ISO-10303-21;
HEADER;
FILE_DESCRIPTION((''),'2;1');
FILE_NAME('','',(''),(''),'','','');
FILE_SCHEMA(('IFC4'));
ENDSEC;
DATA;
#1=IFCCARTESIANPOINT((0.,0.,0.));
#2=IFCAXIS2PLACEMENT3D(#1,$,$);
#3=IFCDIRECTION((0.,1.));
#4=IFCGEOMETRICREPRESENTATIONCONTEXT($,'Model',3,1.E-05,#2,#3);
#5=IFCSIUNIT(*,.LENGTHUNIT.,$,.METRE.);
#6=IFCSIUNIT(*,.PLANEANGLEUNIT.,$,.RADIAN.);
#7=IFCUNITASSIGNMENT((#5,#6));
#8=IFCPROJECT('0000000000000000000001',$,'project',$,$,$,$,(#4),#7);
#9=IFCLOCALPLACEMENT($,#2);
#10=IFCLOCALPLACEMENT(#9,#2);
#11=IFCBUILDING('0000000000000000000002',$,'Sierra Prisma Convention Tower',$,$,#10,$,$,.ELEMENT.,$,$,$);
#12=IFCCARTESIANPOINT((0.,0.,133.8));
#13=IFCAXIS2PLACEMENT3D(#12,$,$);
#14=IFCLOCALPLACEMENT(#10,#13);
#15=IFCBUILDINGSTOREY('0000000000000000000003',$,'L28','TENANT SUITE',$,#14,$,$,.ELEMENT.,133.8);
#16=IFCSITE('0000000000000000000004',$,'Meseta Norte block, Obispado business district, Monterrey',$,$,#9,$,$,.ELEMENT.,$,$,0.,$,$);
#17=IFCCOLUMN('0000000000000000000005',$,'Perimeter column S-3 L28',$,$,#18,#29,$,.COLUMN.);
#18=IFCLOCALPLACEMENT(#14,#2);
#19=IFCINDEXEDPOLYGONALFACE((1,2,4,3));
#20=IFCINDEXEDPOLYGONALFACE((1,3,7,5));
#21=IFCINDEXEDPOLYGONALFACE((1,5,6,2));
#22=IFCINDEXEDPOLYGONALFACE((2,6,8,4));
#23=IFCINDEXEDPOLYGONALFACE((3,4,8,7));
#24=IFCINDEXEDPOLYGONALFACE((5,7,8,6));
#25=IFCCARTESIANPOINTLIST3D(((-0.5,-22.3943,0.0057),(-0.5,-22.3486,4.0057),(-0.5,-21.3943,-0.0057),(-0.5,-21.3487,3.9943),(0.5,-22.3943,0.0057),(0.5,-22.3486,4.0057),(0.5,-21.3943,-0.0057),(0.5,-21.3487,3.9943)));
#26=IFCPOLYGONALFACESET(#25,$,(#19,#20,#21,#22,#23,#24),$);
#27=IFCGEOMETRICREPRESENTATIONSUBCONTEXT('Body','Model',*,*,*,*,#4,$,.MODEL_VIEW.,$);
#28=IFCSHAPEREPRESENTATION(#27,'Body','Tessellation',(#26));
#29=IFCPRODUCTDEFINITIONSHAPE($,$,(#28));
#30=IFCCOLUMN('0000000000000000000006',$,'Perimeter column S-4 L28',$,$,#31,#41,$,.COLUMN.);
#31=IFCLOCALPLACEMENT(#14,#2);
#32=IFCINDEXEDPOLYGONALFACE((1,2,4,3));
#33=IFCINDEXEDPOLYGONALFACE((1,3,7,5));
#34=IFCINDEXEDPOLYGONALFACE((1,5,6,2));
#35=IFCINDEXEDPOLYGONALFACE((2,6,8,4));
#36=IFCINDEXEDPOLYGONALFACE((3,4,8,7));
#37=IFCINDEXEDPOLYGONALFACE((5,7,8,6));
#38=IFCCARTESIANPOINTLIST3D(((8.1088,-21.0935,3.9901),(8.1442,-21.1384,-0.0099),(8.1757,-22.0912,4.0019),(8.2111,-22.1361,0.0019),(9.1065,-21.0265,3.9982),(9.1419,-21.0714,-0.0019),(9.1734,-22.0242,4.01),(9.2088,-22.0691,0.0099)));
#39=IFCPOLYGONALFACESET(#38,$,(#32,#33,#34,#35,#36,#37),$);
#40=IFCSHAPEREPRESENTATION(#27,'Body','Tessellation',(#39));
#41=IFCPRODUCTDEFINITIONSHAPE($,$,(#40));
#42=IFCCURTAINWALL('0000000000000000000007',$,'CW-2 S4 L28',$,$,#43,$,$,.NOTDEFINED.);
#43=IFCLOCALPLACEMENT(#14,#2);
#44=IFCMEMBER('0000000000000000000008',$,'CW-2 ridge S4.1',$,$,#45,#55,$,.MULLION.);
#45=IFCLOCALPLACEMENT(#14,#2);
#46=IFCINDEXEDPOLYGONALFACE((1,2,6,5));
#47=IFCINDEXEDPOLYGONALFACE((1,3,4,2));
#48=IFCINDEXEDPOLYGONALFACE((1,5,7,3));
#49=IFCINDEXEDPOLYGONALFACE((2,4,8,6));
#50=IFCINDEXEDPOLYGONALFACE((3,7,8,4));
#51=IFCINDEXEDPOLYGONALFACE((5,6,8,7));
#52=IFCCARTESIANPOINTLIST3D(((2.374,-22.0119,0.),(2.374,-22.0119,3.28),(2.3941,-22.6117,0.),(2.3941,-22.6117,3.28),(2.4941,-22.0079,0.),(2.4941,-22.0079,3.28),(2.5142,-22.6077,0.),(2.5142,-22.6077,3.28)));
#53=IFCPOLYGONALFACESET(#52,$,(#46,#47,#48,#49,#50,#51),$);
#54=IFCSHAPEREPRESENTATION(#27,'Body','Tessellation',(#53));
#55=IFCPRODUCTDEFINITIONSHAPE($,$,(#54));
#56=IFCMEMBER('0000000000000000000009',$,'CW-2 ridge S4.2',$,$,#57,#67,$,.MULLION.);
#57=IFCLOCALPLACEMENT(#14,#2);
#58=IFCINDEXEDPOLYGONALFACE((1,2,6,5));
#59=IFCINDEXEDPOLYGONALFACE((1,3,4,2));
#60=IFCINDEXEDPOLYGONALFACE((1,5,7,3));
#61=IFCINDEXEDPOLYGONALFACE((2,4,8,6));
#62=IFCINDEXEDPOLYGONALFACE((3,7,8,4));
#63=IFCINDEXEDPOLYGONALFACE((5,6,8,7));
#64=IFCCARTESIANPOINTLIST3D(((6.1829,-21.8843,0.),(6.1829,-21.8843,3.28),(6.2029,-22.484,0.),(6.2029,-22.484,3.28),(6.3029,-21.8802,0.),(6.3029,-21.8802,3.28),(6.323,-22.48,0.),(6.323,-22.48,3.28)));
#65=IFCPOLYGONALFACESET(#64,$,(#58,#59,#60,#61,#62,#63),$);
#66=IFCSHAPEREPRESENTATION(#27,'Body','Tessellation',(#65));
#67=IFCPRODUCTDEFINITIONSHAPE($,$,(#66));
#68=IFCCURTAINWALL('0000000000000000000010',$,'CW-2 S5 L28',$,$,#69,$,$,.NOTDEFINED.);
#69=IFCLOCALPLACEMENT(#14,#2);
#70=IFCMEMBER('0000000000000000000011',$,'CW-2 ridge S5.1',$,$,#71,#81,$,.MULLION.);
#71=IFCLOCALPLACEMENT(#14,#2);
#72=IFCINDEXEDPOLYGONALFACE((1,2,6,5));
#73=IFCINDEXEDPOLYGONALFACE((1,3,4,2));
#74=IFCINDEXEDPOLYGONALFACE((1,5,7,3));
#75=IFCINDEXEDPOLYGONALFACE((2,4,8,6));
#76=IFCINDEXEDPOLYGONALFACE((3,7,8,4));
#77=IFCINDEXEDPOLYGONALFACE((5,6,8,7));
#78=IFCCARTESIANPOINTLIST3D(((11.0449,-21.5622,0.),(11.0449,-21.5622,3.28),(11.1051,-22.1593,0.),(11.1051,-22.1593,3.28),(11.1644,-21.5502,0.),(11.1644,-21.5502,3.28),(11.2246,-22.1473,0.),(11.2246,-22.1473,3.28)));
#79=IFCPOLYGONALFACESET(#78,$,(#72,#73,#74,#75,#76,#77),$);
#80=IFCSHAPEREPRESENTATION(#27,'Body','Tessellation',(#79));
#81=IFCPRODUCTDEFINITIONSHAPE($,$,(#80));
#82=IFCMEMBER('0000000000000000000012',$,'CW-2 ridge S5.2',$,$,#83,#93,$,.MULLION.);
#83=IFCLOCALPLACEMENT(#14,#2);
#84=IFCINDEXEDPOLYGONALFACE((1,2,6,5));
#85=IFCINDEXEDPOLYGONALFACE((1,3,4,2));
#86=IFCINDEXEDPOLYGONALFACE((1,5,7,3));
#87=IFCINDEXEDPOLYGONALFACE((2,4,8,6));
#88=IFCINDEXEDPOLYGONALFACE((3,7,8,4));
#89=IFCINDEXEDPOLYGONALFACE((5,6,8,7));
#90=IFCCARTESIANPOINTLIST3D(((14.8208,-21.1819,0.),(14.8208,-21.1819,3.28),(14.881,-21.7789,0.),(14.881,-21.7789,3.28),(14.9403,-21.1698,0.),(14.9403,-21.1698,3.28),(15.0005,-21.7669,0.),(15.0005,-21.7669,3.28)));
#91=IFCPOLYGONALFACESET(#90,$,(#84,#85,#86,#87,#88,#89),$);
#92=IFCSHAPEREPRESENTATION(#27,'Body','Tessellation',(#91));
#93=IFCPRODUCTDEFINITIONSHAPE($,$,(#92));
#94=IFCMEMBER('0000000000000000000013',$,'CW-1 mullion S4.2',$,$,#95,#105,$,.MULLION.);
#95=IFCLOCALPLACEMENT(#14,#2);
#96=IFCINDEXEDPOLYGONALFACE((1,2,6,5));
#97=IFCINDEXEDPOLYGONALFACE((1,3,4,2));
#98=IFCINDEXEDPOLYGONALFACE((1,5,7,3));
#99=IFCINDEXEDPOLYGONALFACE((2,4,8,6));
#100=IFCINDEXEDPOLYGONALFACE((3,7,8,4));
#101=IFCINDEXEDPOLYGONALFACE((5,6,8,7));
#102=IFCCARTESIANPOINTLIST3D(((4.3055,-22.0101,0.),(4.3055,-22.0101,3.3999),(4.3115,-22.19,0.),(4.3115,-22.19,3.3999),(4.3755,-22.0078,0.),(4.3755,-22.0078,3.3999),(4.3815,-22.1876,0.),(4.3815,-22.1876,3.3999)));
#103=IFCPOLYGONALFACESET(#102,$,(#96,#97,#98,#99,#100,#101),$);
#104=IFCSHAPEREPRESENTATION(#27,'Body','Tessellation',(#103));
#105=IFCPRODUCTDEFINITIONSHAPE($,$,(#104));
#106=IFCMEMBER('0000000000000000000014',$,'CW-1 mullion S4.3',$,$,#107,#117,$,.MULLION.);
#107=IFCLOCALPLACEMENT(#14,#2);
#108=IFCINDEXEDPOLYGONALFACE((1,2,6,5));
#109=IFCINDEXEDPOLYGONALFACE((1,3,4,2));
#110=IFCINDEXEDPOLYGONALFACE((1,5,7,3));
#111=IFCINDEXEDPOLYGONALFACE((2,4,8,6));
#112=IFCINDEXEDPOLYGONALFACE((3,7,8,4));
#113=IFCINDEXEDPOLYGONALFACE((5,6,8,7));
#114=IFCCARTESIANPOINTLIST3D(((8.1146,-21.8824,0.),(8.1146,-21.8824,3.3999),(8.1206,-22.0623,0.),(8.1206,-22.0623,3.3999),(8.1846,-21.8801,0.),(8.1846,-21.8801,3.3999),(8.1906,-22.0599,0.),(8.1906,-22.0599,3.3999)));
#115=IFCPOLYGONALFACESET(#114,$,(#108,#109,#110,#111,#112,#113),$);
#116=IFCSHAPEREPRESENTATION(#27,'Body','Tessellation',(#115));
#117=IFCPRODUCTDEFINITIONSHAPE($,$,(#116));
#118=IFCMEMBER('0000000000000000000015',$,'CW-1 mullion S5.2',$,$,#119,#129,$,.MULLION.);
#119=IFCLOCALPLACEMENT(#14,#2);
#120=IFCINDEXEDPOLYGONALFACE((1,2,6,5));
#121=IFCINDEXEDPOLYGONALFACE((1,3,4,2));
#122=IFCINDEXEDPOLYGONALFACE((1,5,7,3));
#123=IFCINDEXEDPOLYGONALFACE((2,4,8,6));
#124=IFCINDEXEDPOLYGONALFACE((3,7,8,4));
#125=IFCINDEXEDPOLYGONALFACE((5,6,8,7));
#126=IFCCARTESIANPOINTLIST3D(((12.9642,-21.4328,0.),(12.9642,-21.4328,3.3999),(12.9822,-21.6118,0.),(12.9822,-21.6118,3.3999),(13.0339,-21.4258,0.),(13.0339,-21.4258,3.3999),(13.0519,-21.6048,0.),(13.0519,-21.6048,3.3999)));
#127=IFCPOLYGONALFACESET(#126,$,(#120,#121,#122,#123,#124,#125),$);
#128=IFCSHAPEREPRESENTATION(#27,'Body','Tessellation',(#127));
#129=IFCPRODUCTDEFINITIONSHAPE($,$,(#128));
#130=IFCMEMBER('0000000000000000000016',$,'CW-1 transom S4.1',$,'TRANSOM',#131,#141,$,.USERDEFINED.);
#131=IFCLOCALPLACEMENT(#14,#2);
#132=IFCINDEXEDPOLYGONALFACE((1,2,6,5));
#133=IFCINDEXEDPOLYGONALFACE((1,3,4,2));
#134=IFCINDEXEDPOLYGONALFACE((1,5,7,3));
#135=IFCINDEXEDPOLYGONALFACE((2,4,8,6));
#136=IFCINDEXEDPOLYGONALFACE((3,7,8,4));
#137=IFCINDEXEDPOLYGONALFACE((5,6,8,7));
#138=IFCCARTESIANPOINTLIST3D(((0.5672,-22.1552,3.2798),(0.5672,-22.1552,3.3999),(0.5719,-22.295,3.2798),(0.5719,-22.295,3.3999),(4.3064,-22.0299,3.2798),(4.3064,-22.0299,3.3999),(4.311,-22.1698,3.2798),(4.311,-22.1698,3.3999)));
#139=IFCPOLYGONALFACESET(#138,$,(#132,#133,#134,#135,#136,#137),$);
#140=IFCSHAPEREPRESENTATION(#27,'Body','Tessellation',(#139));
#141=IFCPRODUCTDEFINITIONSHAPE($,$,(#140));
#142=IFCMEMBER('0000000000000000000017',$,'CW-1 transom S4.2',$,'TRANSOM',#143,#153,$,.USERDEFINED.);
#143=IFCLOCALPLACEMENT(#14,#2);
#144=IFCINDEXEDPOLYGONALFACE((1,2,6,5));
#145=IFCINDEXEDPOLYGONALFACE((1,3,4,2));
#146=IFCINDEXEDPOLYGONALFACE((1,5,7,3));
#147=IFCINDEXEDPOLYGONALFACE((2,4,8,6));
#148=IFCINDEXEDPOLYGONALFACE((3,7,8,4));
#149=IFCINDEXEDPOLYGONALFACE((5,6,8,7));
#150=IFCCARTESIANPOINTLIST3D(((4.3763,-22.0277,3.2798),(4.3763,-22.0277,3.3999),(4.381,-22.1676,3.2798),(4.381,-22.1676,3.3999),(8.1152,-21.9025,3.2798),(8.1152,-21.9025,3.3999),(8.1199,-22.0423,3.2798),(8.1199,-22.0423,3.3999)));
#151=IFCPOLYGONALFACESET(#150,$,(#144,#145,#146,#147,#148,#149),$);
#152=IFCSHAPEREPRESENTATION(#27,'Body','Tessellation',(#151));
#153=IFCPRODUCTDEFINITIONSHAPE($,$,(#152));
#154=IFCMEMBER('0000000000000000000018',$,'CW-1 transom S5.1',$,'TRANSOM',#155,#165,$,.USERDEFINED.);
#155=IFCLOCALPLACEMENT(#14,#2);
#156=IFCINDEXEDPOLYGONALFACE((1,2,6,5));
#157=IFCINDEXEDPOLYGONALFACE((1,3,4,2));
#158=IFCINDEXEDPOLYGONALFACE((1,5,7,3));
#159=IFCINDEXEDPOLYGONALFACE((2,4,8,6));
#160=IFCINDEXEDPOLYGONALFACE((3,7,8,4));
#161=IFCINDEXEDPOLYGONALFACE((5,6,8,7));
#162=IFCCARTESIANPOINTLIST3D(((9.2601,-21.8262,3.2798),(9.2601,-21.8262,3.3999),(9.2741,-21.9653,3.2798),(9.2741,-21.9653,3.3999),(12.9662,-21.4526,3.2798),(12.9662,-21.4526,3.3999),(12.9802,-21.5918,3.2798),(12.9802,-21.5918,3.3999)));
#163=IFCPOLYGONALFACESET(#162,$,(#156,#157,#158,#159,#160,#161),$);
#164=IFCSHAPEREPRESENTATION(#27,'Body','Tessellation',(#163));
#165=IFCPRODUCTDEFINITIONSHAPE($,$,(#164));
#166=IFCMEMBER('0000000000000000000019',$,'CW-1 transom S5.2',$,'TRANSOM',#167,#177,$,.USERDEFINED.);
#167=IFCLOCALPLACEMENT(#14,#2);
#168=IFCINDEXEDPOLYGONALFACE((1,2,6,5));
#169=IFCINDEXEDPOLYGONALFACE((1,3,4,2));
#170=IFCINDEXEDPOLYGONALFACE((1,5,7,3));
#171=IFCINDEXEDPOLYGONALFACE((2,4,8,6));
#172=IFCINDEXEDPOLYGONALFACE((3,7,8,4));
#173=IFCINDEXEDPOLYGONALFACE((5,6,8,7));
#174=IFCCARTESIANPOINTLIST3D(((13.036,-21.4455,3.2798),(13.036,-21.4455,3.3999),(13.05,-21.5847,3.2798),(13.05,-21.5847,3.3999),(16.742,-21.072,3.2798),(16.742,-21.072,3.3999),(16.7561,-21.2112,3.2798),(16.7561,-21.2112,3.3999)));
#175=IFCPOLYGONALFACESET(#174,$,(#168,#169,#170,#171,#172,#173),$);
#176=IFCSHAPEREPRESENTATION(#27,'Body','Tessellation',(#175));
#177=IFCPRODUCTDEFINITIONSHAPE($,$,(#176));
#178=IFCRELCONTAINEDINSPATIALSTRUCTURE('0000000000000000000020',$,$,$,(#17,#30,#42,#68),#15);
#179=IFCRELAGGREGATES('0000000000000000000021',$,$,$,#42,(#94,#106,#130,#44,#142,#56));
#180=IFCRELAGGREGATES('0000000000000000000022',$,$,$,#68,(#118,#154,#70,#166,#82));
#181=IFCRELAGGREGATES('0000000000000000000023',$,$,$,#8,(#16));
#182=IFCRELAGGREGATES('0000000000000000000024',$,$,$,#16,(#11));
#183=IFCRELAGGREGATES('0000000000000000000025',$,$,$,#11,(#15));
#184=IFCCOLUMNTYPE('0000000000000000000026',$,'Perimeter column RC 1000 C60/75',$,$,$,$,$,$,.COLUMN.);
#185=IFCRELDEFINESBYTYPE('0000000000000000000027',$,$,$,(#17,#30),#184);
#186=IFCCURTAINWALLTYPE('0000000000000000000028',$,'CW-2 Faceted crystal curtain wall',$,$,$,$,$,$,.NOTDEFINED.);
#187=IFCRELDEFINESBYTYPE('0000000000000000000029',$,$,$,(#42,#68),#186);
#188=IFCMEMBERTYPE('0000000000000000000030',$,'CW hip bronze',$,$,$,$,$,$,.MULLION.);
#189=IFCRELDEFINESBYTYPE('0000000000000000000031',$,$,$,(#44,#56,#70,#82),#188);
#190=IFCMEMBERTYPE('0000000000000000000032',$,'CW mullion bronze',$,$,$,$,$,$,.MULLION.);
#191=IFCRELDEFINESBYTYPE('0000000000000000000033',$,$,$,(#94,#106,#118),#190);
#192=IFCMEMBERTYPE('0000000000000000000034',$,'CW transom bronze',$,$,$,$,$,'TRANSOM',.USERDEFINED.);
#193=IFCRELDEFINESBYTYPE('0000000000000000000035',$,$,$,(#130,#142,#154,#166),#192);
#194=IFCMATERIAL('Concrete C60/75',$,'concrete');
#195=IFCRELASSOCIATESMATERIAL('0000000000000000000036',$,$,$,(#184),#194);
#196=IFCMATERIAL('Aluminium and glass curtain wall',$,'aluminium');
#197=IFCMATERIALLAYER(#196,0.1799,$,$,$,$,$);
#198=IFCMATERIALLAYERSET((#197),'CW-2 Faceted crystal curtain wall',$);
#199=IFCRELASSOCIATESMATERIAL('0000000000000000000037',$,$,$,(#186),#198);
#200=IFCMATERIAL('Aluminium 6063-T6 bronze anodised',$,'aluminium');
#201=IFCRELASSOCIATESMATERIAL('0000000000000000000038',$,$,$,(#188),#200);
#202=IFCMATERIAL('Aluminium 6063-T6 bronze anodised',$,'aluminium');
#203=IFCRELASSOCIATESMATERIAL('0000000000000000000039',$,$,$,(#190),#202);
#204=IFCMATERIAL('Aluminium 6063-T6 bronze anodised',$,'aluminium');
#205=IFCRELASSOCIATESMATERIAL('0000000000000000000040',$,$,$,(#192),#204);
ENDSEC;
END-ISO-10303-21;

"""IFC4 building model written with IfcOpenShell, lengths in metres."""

from ifc_helpers import new_model, si_unit, direction, frame, origin, origin_2d, place, context, subcontext, project, spatial, rectangle, extrude, material, layer, layer_set, material_profile, profile_set, type_object, element, aggregate, save


model = new_model("IFC4")

# Units and contexts
model_context = context("Model", 3, precision=1e-05, world=origin(), true_north=direction((0.0, 1.0)))
body_context = subcontext(model_context, "Body", "Model", "MODEL_VIEW")
ifc_project = project(units=[si_unit("LENGTHUNIT", "METRE"), si_unit("PLANEANGLEUNIT", "RADIAN")], contexts=[model_context])

# Site, building, storey
site_placement = place(None, origin())
site = spatial("IfcSite", under=ifc_project, at=site_placement, Name="Meseta Norte block, Obispado business district, Monterrey", CompositionType="ELEMENT", RefElevation=0.0)
building_placement = place(site_placement, origin())
building = spatial("IfcBuilding", under=site, at=building_placement, Name="Sierra Prisma Convention Tower", CompositionType="ELEMENT")
storey_placement = place(building_placement, frame((0.0, 0.0, 133.8)))
storey = spatial("IfcBuildingStorey", under=building, at=storey_placement, Name="L28", Description="TENANT SUITE", CompositionType="ELEMENT", Elevation=133.8)

# Columns
ifc_material_1 = material(Name="Concrete C60/75", Category="concrete")
ifc_material_profile_1 = material_profile(ifc_material_1, rectangle(XDim=1.0, YDim=1.0, at=origin_2d()), Name="Perimeter column RC 1000 C60/75")
ifc_profile_set_1 = profile_set([ifc_material_profile_1], Name="Concrete C60/75")
column_type = type_object("IfcColumnType", Name="Perimeter column RC 1000 C60/75", PredefinedType="COLUMN", material=ifc_profile_set_1)
column_1_placement = place(storey_placement, frame((0.0, -21.8943, 0.0), z_axis=(0.0, 0.011413, 0.999935), x_axis=(1.0, 0.0, 0.0)))
element("IfcColumn", 1, at=column_1_placement, inside=storey, type_object=column_type, Name="Perimeter column S-3 L28", PredefinedType="COLUMN", context=body_context, shape_type="SweptSolid", body=[
    extrude(rectangle(XDim=1.0, YDim=1.0, at=origin_2d()), origin(), (0.0, 0.0, 1.0), 4.0002),
])
column_2_placement = place(storey_placement, frame((8.6765, -21.6038, 0.0), z_axis=(-0.008849, 0.011229, 0.999898), x_axis=(0.99772, 0.06701, 0.008077)))
element("IfcColumn", 2, at=column_2_placement, inside=storey, type_object=column_type, Name="Perimeter column S-4 L28", PredefinedType="COLUMN", context=body_context, shape_type="SweptSolid", body=[
    extrude(rectangle(XDim=1.0, YDim=1.0, at=origin_2d()), origin(), (0.0, 0.0, 1.0), 4.0005),
])

# Curtain walls, members
ifc_material_2 = material(Name="Aluminium and glass curtain wall", Category="aluminium")
ifc_layer_1 = layer(ifc_material_2, 0.1799)
ifc_layer_set_1 = layer_set([ifc_layer_1], Name="CW-2 Faceted crystal curtain wall")
curtain_wall_type = type_object("IfcCurtainWallType", Name="CW-2 Faceted crystal curtain wall", PredefinedType="NOTDEFINED", material=ifc_layer_set_1)
curtain_wall_1_placement = place(storey_placement, origin())
curtain_wall_1 = element("IfcCurtainWall", 3, at=curtain_wall_1_placement, inside=storey, type_object=curtain_wall_type, Name="CW-2 S4 L28", PredefinedType="NOTDEFINED")
ifc_material_3 = material(Name="Aluminium 6063-T6 bronze anodised", Category="aluminium")
ifc_material_profile_2 = material_profile(ifc_material_3, rectangle(XDim=0.1201, YDim=0.6001, at=origin_2d()), Name="ALU RIDGE BLADE 120x600")
ifc_profile_set_2 = profile_set([ifc_material_profile_2], Name="Aluminium 6063-T6 bronze anodised")
member_type_1 = type_object("IfcMemberType", Name="CW hip bronze", PredefinedType="MULLION", material=ifc_profile_set_2)
member_1_placement = place(storey_placement, frame((2.4441, -22.3098, 0.0), z_axis=(0.0, 0.0, 1.0), x_axis=(0.99944, 0.033476, 0.0)))
member_1 = element("IfcMember", 4, at=member_1_placement, type_object=member_type_1, Name="CW-2 ridge S4.1", PredefinedType="MULLION", context=body_context, shape_type="SweptSolid", body=[
    extrude(rectangle(XDim=0.1201, YDim=0.6001, at=origin_2d()), origin(), (0.0, 0.0, 1.0), 3.28),
])
member_2_placement = place(storey_placement, frame((6.2529, -22.1821, 0.0), z_axis=(0.0, 0.0, 1.0), x_axis=(0.99944, 0.033476, 0.0)))
member_2 = element("IfcMember", 5, at=member_2_placement, type_object=member_type_1, Name="CW-2 ridge S4.2", PredefinedType="MULLION", context=body_context, shape_type="SweptSolid", body=[
    extrude(rectangle(XDim=0.1201, YDim=0.6001, at=origin_2d()), origin(), (0.0, 0.0, 1.0), 3.28),
])
curtain_wall_2_placement = place(storey_placement, origin())
curtain_wall_2 = element("IfcCurtainWall", 6, at=curtain_wall_2_placement, inside=storey, type_object=curtain_wall_type, Name="CW-2 S5 L28", PredefinedType="NOTDEFINED")
member_3_placement = place(storey_placement, frame((11.1348, -21.8547, 0.0), z_axis=(0.0, 0.0, 1.0), x_axis=(0.994959, 0.100279, 0.0)))
member_3 = element("IfcMember", 7, at=member_3_placement, type_object=member_type_1, Name="CW-2 ridge S5.1", PredefinedType="MULLION", context=body_context, shape_type="SweptSolid", body=[
    extrude(rectangle(XDim=0.1201, YDim=0.6001, at=origin_2d()), origin(), (0.0, 0.0, 1.0), 3.28),
])
member_4_placement = place(storey_placement, frame((14.9106, -21.4744, 0.0), z_axis=(0.0, 0.0, 1.0), x_axis=(0.994959, 0.100279, 0.0)))
member_4 = element("IfcMember", 8, at=member_4_placement, type_object=member_type_1, Name="CW-2 ridge S5.2", PredefinedType="MULLION", context=body_context, shape_type="SweptSolid", body=[
    extrude(rectangle(XDim=0.1201, YDim=0.6001, at=origin_2d()), origin(), (0.0, 0.0, 1.0), 3.28),
])

# Members
ifc_material_4 = material(Name="Aluminium 6063-T6 bronze anodised", Category="aluminium")
ifc_material_profile_3 = material_profile(ifc_material_4, rectangle(XDim=0.1799, YDim=0.0701, at=origin_2d()), Name="ALU MULLION 70x180")
ifc_profile_set_3 = profile_set([ifc_material_profile_3], Name="Aluminium 6063-T6 bronze anodised")
member_type_2 = type_object("IfcMemberType", Name="CW mullion bronze", PredefinedType="MULLION", material=ifc_profile_set_3)
member_5_placement = place(storey_placement, frame((4.3435, -22.0989, 0.0), z_axis=(0.0, 0.0, 1.0), x_axis=(-0.033476, 0.99944, 0.0)))
member_5 = element("IfcMember", 9, at=member_5_placement, type_object=member_type_2, Name="CW-1 mullion S4.2", PredefinedType="MULLION", context=body_context, shape_type="SweptSolid", body=[
    extrude(rectangle(XDim=0.1799, YDim=0.0701, at=origin_2d()), origin(), (0.0, 0.0, 1.0), 3.3999),
])
member_6_placement = place(storey_placement, frame((8.1526, -21.9712, 0.0), z_axis=(0.0, 0.0, 1.0), x_axis=(-0.033476, 0.99944, 0.0)))
member_6 = element("IfcMember", 10, at=member_6_placement, type_object=member_type_2, Name="CW-1 mullion S4.3", PredefinedType="MULLION", context=body_context, shape_type="SweptSolid", body=[
    extrude(rectangle(XDim=0.1799, YDim=0.0701, at=origin_2d()), origin(), (0.0, 0.0, 1.0), 3.3999),
])
member_7_placement = place(storey_placement, frame((13.0081, -21.5188, 0.0), z_axis=(0.0, 0.0, 1.0), x_axis=(-0.100279, 0.994959, 0.0)))
member_7 = element("IfcMember", 11, at=member_7_placement, type_object=member_type_2, Name="CW-1 mullion S5.2", PredefinedType="MULLION", context=body_context, shape_type="SweptSolid", body=[
    extrude(rectangle(XDim=0.1799, YDim=0.0701, at=origin_2d()), origin(), (0.0, 0.0, 1.0), 3.3999),
])
ifc_material_5 = material(Name="Aluminium 6063-T6 bronze anodised", Category="aluminium")
ifc_material_profile_4 = material_profile(ifc_material_5, rectangle(XDim=0.1399, YDim=0.1201, at=origin_2d()), Name="ALU TRANSOM 120x140")
ifc_profile_set_4 = profile_set([ifc_material_profile_4], Name="Aluminium 6063-T6 bronze anodised")
member_type_3 = type_object("IfcMemberType", Name="CW transom bronze", ElementType="TRANSOM", PredefinedType="USERDEFINED", material=ifc_profile_set_4)
member_8_placement = place(storey_placement, frame((0.5696, -22.2251, 3.3398), z_axis=(0.999439, 0.033478, 0.0), x_axis=(-0.033478, 0.999439, 0.0)))
member_8 = element("IfcMember", 12, at=member_8_placement, type_object=member_type_3, Name="CW-1 transom S4.1", ObjectType="TRANSOM", PredefinedType="USERDEFINED", context=body_context, shape_type="SweptSolid", body=[
    extrude(rectangle(XDim=0.1399, YDim=0.1201, at=origin_2d()), origin(), (0.0, 0.0, 1.0), 3.7412),
])
member_9_placement = place(storey_placement, frame((4.3787, -22.0977, 3.3398), z_axis=(0.999439, 0.03348, 0.0), x_axis=(-0.03348, 0.999439, 0.0)))
member_9 = element("IfcMember", 13, at=member_9_placement, type_object=member_type_3, Name="CW-1 transom S4.2", ObjectType="TRANSOM", PredefinedType="USERDEFINED", context=body_context, shape_type="SweptSolid", body=[
    extrude(rectangle(XDim=0.1399, YDim=0.1201, at=origin_2d()), origin(), (0.0, 0.0, 1.0), 3.741),
])
member_10_placement = place(storey_placement, frame((9.2671, -21.8958, 3.3398), z_axis=(0.994959, 0.100282, 0.0), x_axis=(-0.100282, 0.994959, 0.0)))
member_10 = element("IfcMember", 14, at=member_10_placement, type_object=member_type_3, Name="CW-1 transom S5.1", ObjectType="TRANSOM", PredefinedType="USERDEFINED", context=body_context, shape_type="SweptSolid", body=[
    extrude(rectangle(XDim=0.1399, YDim=0.1201, at=origin_2d()), origin(), (0.0, 0.0, 1.0), 3.7249),
])
member_11_placement = place(storey_placement, frame((13.043, -21.5151, 3.3398), z_axis=(0.994959, 0.100282, 0.0), x_axis=(-0.100282, 0.994959, 0.0)))
member_11 = element("IfcMember", 15, at=member_11_placement, type_object=member_type_3, Name="CW-1 transom S5.2", ObjectType="TRANSOM", PredefinedType="USERDEFINED", context=body_context, shape_type="SweptSolid", body=[
    extrude(rectangle(XDim=0.1399, YDim=0.1201, at=origin_2d()), origin(), (0.0, 0.0, 1.0), 3.7249),
])

aggregate(curtain_wall_1, [member_5, member_6, member_8, member_1, member_9, member_2])
aggregate(curtain_wall_2, [member_7, member_10, member_3, member_11, member_4])

save(model, "model.ifc")
